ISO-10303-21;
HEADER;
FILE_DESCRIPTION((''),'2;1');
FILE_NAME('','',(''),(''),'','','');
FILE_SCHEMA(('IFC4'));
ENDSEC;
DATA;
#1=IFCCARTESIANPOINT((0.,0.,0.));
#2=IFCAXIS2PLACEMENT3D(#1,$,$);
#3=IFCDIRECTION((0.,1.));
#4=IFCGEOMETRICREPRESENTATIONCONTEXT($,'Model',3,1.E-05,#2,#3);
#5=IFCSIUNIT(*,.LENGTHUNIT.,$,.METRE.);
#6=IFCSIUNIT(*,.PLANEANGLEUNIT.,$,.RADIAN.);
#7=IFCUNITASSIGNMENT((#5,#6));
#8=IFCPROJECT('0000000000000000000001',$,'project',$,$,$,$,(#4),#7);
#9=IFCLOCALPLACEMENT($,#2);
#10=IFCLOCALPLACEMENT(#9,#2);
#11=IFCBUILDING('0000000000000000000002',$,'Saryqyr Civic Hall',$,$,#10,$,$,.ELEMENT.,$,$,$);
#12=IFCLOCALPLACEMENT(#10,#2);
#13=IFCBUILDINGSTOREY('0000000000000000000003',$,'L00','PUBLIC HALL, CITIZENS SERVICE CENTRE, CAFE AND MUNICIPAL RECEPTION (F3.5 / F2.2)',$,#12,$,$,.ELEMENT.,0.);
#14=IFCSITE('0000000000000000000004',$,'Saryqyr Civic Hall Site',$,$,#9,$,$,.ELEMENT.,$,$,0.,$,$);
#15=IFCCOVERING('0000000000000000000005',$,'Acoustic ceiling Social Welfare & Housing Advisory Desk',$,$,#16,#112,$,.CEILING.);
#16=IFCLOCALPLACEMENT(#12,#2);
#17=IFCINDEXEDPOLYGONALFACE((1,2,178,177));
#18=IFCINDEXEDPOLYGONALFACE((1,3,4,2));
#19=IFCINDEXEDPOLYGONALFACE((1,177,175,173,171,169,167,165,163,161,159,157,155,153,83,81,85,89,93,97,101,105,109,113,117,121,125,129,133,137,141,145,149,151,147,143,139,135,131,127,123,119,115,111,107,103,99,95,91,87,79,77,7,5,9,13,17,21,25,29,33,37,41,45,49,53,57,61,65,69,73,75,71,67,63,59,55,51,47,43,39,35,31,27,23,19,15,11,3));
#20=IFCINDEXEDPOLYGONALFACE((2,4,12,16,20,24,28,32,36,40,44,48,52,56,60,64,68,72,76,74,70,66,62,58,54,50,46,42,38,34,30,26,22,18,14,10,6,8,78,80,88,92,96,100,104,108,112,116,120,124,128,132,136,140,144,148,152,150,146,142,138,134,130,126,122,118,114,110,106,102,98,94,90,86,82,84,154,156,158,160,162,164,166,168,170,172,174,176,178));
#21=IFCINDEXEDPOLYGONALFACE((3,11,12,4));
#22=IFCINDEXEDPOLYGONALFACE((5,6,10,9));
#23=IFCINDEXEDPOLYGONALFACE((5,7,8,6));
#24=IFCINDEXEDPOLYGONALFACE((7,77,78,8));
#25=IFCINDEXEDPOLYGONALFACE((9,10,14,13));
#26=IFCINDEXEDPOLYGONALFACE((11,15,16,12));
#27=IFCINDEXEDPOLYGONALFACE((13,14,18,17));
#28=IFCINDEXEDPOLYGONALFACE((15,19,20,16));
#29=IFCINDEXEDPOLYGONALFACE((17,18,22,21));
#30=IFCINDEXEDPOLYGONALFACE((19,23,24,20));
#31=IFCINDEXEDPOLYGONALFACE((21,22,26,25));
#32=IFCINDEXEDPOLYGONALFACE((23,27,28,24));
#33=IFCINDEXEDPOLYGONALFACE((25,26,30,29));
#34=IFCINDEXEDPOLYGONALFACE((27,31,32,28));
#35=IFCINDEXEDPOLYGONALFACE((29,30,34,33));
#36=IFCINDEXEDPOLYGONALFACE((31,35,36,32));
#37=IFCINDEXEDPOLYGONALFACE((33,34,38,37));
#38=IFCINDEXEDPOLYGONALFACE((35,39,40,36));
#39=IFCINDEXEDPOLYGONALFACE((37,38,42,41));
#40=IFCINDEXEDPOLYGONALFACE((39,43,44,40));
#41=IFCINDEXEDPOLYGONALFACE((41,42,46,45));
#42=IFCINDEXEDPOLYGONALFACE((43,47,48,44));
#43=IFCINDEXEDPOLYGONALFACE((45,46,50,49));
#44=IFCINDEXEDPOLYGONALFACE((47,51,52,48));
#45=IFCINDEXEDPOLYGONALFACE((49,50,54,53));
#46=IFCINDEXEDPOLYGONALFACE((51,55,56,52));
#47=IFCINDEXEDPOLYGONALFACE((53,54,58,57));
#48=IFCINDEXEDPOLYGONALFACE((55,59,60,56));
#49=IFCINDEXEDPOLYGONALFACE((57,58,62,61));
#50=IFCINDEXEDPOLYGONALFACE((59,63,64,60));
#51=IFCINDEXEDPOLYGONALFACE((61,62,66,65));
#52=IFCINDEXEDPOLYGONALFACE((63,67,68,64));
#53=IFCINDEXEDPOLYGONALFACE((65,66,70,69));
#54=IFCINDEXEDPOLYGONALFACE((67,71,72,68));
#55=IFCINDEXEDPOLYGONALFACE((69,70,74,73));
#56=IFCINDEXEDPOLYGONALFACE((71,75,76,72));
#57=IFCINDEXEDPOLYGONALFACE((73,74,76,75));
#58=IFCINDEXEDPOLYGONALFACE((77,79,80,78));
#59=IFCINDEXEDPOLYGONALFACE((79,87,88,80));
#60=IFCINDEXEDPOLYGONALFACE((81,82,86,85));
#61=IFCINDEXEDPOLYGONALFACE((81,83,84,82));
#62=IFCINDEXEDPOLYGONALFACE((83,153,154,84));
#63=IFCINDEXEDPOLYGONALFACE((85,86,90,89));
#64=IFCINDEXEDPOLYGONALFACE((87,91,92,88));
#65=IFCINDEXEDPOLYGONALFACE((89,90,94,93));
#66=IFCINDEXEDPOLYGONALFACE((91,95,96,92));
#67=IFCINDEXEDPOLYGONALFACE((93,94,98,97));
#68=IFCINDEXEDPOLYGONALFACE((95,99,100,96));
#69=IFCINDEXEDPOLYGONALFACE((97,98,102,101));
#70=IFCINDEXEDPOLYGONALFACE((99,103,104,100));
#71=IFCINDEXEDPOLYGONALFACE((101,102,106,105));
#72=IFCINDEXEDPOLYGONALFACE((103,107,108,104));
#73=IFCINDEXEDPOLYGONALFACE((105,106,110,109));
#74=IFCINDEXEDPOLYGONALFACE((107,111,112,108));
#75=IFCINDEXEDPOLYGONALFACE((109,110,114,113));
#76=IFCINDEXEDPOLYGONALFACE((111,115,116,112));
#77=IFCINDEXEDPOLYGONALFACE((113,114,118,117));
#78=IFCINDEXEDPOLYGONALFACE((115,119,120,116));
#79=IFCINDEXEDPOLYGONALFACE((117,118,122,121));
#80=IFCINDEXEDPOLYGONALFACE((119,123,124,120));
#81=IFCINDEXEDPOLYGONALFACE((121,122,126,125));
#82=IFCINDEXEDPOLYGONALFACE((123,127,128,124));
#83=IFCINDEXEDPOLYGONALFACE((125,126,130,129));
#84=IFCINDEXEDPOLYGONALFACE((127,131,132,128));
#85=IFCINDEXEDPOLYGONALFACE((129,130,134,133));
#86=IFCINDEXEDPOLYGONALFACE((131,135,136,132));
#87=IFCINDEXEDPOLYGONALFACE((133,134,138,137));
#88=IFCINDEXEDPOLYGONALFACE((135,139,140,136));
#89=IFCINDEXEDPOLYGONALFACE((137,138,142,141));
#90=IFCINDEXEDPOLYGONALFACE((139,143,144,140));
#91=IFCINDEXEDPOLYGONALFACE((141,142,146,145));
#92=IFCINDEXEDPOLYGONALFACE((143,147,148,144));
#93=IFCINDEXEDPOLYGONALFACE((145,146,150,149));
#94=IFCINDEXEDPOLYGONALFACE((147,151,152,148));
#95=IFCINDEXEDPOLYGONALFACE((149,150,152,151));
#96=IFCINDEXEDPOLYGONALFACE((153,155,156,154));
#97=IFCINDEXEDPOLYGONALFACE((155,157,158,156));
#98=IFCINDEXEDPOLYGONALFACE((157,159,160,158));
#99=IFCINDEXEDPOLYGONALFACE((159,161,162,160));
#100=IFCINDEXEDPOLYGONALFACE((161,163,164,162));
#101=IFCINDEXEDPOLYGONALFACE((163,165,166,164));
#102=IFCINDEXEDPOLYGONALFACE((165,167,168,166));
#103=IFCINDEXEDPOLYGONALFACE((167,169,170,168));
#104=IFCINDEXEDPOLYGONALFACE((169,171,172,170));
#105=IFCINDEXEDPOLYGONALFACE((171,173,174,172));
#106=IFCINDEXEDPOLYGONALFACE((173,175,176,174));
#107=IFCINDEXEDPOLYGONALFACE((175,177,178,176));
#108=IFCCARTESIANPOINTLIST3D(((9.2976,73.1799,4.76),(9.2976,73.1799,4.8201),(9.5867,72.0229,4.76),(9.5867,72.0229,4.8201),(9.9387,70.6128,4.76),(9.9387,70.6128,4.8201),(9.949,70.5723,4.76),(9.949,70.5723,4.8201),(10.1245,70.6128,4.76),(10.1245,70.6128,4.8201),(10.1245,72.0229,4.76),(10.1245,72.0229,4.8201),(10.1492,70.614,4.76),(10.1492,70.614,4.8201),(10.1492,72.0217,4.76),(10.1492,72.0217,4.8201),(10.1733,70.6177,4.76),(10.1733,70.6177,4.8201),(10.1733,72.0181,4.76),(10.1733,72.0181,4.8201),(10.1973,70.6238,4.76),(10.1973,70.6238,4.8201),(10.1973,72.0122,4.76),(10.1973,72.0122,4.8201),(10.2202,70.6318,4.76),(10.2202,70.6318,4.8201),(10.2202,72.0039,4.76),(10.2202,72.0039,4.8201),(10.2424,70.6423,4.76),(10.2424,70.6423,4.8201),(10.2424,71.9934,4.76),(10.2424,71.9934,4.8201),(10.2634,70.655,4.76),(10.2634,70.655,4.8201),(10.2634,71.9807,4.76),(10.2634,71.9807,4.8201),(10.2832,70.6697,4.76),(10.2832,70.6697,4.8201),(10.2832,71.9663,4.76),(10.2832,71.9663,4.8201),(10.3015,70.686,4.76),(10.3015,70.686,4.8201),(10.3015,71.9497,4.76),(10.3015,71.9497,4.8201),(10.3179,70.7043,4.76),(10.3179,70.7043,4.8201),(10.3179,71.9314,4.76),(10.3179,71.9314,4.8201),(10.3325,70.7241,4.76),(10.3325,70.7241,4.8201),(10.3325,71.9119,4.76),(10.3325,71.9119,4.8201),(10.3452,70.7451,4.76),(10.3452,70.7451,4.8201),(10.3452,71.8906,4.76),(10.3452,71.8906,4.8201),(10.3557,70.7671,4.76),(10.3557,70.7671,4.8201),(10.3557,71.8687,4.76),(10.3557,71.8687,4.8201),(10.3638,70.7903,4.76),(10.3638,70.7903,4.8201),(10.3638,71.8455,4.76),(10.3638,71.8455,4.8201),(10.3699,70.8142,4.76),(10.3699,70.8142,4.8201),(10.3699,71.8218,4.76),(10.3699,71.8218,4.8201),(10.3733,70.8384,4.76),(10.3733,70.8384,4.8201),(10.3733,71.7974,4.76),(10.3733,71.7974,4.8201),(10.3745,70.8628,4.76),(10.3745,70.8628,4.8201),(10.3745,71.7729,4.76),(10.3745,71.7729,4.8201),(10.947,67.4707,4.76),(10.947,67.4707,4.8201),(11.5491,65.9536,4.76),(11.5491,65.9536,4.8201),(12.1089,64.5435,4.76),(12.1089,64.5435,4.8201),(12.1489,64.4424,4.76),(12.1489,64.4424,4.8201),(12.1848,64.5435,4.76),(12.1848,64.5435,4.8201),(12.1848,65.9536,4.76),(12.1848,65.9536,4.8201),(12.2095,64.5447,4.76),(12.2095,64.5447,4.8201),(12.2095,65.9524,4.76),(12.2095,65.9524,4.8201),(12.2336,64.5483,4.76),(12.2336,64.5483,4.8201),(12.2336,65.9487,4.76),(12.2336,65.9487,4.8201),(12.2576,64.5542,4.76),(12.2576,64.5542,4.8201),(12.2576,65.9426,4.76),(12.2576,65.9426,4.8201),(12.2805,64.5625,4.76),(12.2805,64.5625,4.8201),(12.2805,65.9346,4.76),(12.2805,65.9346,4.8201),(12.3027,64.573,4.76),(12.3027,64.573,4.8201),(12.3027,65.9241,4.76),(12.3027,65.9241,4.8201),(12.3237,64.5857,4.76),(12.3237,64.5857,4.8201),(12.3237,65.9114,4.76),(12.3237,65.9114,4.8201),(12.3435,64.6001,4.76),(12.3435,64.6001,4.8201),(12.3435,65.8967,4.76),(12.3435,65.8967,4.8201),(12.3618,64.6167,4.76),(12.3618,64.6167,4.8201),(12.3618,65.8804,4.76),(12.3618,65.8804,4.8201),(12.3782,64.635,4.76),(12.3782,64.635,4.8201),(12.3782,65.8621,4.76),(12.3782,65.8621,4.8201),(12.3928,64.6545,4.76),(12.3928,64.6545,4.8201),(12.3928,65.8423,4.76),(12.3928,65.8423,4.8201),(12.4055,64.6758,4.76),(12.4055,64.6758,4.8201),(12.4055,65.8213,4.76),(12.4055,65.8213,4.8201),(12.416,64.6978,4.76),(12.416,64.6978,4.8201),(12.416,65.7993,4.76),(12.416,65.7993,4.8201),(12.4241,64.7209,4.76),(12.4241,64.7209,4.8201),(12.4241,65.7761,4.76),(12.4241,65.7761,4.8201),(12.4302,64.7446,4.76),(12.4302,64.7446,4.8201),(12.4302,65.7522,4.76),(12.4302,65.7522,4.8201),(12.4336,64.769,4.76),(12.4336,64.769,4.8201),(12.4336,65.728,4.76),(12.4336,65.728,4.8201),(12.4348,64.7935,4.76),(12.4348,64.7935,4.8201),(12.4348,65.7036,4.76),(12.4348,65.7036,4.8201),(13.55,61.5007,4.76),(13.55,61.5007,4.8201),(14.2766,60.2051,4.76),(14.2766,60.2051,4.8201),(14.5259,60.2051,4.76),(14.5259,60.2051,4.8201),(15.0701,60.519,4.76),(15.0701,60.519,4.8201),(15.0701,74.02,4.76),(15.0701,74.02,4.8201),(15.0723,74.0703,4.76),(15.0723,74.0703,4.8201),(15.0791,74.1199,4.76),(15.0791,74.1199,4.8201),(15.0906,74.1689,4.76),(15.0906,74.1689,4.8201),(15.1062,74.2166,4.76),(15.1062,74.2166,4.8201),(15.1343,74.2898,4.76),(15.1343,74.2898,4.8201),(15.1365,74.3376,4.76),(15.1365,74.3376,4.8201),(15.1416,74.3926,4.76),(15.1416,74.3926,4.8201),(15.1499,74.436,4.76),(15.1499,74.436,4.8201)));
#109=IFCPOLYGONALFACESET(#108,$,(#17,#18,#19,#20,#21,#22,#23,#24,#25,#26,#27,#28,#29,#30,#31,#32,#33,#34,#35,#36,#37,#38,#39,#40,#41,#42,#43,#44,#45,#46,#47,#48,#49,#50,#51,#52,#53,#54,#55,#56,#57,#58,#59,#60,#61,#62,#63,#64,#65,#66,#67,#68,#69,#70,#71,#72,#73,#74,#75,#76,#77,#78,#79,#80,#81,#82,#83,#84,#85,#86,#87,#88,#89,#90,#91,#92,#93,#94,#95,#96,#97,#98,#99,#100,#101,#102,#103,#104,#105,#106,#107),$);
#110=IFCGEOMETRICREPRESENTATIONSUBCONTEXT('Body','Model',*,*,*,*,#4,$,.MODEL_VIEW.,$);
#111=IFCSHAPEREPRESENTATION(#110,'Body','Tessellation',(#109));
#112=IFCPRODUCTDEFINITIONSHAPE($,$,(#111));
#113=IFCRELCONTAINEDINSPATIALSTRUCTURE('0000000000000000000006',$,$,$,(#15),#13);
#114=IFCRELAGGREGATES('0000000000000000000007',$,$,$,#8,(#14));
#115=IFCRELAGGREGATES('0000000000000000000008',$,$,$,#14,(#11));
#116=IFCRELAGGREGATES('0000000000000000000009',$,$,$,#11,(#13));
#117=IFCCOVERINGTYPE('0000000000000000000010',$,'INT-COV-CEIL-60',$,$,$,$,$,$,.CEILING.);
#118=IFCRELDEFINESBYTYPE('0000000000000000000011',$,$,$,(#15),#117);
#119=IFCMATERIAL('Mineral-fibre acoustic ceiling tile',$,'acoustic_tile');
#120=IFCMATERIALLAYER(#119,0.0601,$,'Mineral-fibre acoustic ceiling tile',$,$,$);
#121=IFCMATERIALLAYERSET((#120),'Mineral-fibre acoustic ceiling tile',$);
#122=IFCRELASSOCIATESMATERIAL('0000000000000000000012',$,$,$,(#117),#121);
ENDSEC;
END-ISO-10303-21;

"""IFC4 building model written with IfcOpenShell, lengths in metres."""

from ifc_helpers import new_model, si_unit, direction, frame, origin, place, context, subcontext, project, spatial, polyline, outline, extrude, material, layer, layer_set, type_object, element, save


model = new_model("IFC4")

# Units and contexts
model_context = context("Model", 3, precision=1e-05, world=origin(), true_north=direction((0.0, 1.0)))
body_context = subcontext(model_context, "Body", "Model", "MODEL_VIEW")
ifc_project = project(units=[si_unit("LENGTHUNIT", "METRE"), si_unit("PLANEANGLEUNIT", "RADIAN")], contexts=[model_context])

# Site, building, storey
site_placement = place(None, origin())
site = spatial("IfcSite", under=ifc_project, at=site_placement, Name="Saryqyr Civic Hall Site", CompositionType="ELEMENT", RefElevation=0.0)
building_placement = place(site_placement, origin())
building = spatial("IfcBuilding", under=site, at=building_placement, Name="Saryqyr Civic Hall", CompositionType="ELEMENT")
storey_placement = place(building_placement, origin())
storey = spatial("IfcBuildingStorey", under=building, at=storey_placement, Name="L00", Description="PUBLIC HALL, CITIZENS SERVICE CENTRE, CAFE AND MUNICIPAL RECEPTION (F3.5 / F2.2)", CompositionType="ELEMENT", Elevation=0.0)

# Covering
ifc_material_1 = material(Name="Mineral-fibre acoustic ceiling tile", Category="acoustic_tile")
ifc_layer_1 = layer(ifc_material_1, 0.0601, Name="Mineral-fibre acoustic ceiling tile")
ifc_layer_set_1 = layer_set([ifc_layer_1], Name="Mineral-fibre acoustic ceiling tile")
covering_type = type_object("IfcCoveringType", Name="INT-COV-CEIL-60", PredefinedType="CEILING", material=ifc_layer_set_1)
covering_1_placement = place(storey_placement, frame((0.0, 0.0, 4.76)))
element("IfcCovering", 1, at=covering_1_placement, inside=storey, type_object=covering_type, Name="Acoustic ceiling Social Welfare & Housing Advisory Desk", PredefinedType="CEILING", context=body_context, shape_type="SweptSolid", body=[
    extrude(outline(polyline([(12.2095, 64.5447), (12.2336, 64.5483), (12.2576, 64.5542), (12.2805, 64.5625), (12.3027, 64.573), (12.3237, 64.5857), (12.3435, 64.6001), (12.3618, 64.6167), (12.3782, 64.635), (12.3928, 64.6545), (12.4055, 64.6758), (12.416, 64.6978), (12.4241, 64.7209), (12.4302, 64.7446), (12.4336, 64.769), (12.4348, 64.7935), (12.4348, 65.7036), (12.4336, 65.728), (12.4302, 65.7522), (12.4241, 65.7761), (12.416, 65.7993), (12.4055, 65.8213), (12.3928, 65.8423), (12.3782, 65.8621), (12.3618, 65.8804), (12.3435, 65.8967), (12.3237, 65.9114), (12.3027, 65.9241), (12.2805, 65.9346), (12.2576, 65.9426), (12.2336, 65.9487), (12.2095, 65.9524), (12.1848, 65.9536), (11.5491, 65.9536), (10.947, 67.4707), (9.949, 70.5723), (9.9387, 70.6128), (10.1245, 70.6128), (10.1492, 70.614), (10.1733, 70.6177), (10.1973, 70.6238), (10.2202, 70.6318), (10.2424, 70.6423), (10.2634, 70.655), (10.2832, 70.6697), (10.3015, 70.686), (10.3179, 70.7043), (10.3325, 70.7241), (10.3452, 70.7451), (10.3557, 70.7671), (10.3638, 70.7903), (10.3699, 70.8142), (10.3733, 70.8384), (10.3745, 70.8628), (10.3745, 71.7729), (10.3733, 71.7974), (10.3699, 71.8218), (10.3638, 71.8455), (10.3557, 71.8687), (10.3452, 71.8906), (10.3325, 71.9119), (10.3179, 71.9314), (10.3015, 71.9497), (10.2832, 71.9663), (10.2634, 71.9807), (10.2424, 71.9934), (10.2202, 72.0039), (10.1973, 72.0122), (10.1733, 72.0181), (10.1492, 72.0217), (10.1245, 72.0229), (9.5867, 72.0229), (9.2976, 73.1799), (15.1499, 74.436), (15.1416, 74.3926), (15.1365, 74.3376), (15.1343, 74.2898), (15.1062, 74.2166), (15.0906, 74.1689), (15.0791, 74.1199), (15.0723, 74.0703), (15.0701, 74.02), (15.0701, 60.519), (14.5259, 60.2051), (14.2766, 60.2051), (13.55, 61.5007), (12.1489, 64.4424), (12.1089, 64.5435), (12.1848, 64.5435), (12.2095, 64.5447)])), origin(), (0.0, 0.0, 1.0), 0.0601),
])

save(model, "model.ifc")
